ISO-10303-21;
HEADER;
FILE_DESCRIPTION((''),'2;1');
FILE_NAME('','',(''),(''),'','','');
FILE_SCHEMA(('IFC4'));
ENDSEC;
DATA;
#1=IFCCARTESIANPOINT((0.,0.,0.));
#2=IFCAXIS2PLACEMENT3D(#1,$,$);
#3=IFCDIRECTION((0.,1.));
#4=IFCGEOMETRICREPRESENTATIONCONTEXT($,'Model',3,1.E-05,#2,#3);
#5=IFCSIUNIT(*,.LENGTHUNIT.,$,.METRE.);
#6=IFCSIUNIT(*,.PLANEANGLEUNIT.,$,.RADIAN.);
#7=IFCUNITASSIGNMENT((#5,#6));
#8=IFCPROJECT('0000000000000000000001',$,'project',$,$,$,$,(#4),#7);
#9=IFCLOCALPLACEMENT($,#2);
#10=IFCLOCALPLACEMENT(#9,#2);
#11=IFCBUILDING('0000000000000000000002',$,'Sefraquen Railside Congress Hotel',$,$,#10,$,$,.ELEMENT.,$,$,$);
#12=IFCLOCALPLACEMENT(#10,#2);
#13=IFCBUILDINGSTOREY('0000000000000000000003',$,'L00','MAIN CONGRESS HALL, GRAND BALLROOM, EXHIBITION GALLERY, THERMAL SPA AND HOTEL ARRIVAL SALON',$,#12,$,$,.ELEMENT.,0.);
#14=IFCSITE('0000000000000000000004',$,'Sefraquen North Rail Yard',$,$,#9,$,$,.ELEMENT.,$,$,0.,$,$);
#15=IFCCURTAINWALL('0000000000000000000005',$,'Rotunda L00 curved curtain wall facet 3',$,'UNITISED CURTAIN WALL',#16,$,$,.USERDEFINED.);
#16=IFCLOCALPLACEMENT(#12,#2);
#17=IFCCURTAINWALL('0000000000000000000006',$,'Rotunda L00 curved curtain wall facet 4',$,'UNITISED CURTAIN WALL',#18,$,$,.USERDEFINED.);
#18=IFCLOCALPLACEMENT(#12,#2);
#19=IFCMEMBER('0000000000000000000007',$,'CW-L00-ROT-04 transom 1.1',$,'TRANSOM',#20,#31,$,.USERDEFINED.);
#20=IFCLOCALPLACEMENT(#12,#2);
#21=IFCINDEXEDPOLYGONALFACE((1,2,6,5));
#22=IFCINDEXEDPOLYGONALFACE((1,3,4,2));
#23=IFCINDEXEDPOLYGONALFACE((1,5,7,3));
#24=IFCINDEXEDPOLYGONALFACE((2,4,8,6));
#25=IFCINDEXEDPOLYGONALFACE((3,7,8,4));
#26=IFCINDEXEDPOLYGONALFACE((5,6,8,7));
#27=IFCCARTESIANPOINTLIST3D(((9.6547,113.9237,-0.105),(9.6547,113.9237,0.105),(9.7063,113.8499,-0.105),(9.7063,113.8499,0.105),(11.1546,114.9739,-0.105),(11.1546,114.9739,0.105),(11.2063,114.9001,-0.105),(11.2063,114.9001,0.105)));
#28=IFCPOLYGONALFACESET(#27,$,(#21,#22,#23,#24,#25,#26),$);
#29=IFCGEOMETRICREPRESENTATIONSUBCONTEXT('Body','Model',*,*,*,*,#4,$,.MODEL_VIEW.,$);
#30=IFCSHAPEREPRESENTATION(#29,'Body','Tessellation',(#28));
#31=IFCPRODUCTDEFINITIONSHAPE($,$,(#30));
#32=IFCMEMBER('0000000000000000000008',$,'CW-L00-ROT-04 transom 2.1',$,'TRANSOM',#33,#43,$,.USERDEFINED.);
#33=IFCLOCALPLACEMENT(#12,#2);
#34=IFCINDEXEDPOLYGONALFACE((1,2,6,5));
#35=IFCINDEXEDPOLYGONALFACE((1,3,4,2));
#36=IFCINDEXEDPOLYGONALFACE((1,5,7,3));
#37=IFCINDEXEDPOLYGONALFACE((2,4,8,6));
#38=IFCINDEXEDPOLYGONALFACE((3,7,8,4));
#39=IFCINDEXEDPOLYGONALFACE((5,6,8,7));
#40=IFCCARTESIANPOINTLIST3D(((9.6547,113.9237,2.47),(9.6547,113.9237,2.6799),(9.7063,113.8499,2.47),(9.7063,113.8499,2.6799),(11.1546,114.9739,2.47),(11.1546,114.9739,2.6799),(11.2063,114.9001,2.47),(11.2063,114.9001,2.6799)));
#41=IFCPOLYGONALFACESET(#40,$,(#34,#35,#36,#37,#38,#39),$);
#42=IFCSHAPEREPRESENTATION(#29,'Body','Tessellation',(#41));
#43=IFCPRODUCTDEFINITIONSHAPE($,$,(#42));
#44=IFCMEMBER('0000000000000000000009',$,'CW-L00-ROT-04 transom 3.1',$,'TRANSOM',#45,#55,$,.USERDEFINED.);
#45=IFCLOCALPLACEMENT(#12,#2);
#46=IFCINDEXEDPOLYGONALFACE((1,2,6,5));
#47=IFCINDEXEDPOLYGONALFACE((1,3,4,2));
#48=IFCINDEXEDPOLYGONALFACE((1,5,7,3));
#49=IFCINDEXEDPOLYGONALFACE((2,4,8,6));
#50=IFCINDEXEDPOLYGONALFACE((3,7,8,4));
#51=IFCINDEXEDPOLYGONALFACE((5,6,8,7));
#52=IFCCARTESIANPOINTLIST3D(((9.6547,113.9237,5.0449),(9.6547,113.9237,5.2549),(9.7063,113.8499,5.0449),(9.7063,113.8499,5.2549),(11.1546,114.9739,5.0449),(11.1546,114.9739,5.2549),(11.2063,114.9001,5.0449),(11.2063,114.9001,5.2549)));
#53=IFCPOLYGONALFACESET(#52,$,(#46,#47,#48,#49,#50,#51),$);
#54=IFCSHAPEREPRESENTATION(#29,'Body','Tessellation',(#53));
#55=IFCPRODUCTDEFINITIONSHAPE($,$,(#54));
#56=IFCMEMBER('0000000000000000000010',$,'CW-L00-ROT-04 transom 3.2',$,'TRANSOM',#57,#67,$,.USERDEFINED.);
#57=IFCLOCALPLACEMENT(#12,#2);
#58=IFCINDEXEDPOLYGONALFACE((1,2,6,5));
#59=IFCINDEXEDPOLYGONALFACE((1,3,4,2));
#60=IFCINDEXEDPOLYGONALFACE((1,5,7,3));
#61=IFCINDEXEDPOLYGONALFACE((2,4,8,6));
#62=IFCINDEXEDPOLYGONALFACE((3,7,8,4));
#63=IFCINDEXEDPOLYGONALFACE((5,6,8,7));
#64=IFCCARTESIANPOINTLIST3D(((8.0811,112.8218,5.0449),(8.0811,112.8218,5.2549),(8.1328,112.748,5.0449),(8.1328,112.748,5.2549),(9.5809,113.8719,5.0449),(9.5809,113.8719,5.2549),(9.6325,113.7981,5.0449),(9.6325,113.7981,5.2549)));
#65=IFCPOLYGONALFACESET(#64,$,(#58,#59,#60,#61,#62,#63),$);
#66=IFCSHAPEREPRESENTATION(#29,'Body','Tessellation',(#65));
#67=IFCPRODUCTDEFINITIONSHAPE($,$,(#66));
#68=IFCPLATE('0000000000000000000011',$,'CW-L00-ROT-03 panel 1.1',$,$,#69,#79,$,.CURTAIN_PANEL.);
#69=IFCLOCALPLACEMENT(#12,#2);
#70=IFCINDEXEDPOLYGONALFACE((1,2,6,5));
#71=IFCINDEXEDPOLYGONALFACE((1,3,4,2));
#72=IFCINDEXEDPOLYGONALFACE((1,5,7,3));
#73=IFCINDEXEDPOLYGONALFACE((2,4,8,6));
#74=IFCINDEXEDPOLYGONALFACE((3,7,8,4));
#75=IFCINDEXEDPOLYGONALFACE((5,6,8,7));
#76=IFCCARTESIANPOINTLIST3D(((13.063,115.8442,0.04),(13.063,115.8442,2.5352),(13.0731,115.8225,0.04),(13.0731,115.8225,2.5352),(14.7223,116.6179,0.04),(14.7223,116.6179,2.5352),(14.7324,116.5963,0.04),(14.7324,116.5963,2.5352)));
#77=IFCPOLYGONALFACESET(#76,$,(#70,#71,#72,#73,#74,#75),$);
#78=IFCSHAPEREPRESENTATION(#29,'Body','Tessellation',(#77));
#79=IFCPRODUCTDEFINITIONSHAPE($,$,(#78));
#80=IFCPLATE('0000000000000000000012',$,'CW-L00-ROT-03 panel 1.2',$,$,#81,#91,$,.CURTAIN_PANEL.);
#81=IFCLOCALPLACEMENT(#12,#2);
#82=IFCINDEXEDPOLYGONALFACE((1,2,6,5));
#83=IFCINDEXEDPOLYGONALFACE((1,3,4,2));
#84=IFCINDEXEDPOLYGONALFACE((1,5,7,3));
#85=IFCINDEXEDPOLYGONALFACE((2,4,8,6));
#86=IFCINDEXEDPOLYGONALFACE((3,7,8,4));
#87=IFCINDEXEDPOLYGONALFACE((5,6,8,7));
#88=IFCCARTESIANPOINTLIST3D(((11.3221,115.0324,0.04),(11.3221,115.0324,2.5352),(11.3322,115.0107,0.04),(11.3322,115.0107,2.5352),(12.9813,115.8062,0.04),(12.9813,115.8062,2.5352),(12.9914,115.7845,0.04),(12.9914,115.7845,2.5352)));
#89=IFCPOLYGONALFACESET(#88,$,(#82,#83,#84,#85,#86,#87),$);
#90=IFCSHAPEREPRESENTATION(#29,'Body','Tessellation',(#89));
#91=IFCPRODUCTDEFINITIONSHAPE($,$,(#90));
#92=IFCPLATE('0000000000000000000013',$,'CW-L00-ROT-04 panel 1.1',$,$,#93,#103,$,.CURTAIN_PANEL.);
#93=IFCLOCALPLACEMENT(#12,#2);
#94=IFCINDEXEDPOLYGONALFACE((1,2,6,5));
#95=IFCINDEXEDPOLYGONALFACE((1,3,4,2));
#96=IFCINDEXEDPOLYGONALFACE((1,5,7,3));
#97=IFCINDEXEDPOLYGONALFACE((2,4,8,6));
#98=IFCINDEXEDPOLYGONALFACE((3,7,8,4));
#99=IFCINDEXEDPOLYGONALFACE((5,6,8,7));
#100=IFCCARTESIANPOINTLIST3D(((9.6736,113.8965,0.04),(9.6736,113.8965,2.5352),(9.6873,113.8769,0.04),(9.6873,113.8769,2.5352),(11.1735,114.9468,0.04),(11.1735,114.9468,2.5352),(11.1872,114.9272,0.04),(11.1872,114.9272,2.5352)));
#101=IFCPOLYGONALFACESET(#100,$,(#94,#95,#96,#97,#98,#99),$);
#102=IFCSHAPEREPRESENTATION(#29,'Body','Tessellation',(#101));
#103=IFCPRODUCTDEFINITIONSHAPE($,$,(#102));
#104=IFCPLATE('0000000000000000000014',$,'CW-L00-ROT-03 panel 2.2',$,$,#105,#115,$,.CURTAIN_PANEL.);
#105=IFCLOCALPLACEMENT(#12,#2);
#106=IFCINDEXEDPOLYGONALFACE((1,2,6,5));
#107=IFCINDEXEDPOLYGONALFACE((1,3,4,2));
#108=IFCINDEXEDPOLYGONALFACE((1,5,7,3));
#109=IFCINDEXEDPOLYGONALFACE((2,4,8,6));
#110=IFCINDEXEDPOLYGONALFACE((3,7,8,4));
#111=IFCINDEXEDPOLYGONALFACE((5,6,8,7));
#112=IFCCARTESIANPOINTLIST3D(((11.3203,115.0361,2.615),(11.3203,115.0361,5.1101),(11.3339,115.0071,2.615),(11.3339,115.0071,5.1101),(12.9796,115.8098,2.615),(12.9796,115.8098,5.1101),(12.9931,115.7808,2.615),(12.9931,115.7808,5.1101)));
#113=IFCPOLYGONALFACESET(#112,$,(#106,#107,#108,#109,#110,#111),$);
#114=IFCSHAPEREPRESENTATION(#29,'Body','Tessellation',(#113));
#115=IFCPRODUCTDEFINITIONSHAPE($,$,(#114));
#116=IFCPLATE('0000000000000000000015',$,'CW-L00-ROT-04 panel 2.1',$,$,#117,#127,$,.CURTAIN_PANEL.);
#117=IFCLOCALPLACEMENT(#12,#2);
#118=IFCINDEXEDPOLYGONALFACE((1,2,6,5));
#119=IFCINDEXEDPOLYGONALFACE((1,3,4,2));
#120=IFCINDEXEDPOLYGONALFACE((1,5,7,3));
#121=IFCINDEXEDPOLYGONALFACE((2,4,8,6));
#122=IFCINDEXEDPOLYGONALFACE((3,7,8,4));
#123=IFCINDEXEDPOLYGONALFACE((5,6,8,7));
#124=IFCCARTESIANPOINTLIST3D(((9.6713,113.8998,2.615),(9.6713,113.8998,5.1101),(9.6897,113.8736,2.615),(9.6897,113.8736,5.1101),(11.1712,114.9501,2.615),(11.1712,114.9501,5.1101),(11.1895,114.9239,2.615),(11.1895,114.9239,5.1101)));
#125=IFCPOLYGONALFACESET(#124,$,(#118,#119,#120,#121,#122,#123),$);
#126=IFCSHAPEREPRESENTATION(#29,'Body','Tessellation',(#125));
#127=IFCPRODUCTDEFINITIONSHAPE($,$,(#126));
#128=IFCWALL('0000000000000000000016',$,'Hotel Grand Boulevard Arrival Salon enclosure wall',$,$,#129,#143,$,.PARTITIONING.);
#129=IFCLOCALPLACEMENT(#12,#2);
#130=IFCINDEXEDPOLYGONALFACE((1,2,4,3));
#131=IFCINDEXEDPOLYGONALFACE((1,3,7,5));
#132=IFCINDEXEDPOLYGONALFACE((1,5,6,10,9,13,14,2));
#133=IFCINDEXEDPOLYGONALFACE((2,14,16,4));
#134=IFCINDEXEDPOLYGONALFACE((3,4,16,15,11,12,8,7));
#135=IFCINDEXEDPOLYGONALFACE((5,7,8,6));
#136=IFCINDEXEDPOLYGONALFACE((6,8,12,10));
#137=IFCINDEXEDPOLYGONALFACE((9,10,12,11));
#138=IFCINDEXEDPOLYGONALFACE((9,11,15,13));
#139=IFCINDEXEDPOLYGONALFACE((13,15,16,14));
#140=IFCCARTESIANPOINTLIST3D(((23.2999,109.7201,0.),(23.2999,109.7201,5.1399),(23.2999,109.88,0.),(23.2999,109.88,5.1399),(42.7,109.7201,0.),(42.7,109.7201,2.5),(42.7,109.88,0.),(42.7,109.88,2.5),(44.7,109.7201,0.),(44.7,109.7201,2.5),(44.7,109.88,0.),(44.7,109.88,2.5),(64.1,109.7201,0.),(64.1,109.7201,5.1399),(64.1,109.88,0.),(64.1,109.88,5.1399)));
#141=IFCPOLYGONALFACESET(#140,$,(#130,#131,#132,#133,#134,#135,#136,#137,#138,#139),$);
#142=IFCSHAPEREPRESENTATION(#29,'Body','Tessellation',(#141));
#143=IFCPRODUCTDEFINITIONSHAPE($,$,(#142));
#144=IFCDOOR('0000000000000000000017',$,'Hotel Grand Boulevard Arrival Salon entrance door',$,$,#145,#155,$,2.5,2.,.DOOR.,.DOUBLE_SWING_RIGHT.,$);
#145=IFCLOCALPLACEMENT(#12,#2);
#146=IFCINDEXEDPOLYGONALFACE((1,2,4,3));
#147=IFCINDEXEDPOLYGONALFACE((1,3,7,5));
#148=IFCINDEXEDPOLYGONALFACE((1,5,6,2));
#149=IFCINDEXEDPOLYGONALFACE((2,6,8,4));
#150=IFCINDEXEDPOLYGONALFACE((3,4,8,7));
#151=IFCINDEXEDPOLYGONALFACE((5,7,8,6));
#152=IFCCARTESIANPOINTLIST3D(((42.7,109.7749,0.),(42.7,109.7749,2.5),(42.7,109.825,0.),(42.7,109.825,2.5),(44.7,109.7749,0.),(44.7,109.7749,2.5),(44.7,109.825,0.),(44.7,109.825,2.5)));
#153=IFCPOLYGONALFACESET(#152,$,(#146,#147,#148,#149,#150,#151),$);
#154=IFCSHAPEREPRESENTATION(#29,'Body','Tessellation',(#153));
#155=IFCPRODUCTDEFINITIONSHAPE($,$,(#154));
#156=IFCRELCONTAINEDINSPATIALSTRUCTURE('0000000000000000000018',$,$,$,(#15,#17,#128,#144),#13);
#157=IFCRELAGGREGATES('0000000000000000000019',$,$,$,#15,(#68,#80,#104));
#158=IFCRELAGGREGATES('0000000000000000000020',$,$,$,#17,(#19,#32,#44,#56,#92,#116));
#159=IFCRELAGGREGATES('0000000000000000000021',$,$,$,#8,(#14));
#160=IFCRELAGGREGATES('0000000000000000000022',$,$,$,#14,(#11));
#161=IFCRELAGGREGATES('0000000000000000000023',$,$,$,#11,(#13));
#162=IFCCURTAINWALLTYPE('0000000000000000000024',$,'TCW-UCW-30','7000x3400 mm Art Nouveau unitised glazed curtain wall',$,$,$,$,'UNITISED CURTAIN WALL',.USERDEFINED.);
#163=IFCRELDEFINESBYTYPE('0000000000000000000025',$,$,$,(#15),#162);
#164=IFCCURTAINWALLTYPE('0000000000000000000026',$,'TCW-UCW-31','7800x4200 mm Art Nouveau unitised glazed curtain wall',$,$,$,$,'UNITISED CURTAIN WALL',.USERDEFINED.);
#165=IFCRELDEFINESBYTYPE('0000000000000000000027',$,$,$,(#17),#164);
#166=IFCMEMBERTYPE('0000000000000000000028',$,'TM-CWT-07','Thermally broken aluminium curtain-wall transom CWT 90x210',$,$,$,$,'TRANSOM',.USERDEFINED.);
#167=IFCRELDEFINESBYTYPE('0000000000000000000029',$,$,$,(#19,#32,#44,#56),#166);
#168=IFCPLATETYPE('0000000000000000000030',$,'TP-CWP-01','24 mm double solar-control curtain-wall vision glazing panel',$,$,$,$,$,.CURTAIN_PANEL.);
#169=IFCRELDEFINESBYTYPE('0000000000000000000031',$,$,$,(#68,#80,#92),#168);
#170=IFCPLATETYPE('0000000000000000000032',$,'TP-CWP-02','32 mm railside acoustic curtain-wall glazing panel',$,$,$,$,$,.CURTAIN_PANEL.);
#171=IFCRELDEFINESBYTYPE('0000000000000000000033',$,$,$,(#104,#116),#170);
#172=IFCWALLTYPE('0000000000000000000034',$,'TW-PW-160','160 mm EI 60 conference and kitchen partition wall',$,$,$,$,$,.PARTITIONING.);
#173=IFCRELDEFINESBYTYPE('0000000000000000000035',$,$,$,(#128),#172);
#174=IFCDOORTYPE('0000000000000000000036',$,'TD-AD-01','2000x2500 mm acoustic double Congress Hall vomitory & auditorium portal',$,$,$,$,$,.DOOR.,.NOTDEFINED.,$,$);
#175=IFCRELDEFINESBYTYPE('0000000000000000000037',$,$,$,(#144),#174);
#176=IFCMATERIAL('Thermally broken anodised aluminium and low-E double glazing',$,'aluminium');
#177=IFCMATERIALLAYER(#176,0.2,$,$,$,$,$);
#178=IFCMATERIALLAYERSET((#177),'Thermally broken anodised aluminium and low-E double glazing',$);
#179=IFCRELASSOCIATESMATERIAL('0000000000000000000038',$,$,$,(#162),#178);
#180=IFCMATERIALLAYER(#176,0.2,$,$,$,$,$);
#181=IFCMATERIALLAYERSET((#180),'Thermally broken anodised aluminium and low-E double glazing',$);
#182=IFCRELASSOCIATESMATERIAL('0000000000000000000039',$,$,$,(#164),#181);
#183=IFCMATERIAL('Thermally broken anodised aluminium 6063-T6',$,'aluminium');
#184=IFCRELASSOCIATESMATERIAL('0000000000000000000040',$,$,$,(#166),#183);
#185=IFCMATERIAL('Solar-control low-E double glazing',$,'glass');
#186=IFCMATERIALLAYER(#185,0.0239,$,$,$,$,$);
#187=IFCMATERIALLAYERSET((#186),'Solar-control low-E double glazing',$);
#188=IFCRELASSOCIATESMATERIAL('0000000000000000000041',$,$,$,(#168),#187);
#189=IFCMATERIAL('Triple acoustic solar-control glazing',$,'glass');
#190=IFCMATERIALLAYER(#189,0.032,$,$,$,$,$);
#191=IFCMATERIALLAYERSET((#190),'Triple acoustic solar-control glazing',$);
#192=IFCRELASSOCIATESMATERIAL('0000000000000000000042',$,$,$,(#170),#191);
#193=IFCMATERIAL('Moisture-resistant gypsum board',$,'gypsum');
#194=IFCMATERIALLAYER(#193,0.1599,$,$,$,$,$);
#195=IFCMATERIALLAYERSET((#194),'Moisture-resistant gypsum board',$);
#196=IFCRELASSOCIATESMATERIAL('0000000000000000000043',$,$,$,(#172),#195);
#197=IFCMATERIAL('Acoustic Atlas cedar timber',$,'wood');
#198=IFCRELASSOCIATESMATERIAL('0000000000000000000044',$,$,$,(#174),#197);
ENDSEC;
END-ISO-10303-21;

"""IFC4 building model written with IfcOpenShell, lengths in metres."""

from ifc_helpers import new_model, si_unit, direction, frame, frame_2d, origin, origin_2d, place, context, subcontext, project, spatial, rectangle, extrude, material, layer, layer_set, material_profile, profile_set, type_object, element, fill, aggregate, save


model = new_model("IFC4")

# Units and contexts
model_context = context("Model", 3, precision=1e-05, world=origin(), true_north=direction((0.0, 1.0)))
body_context = subcontext(model_context, "Body", "Model", "MODEL_VIEW")
ifc_project = project(units=[si_unit("LENGTHUNIT", "METRE"), si_unit("PLANEANGLEUNIT", "RADIAN")], contexts=[model_context])

# Site, building, storey
site_placement = place(None, origin())
site = spatial("IfcSite", under=ifc_project, at=site_placement, Name="Sefraquen North Rail Yard", CompositionType="ELEMENT", RefElevation=0.0)
building_placement = place(site_placement, origin())
building = spatial("IfcBuilding", under=site, at=building_placement, Name="Sefraquen Railside Congress Hotel", CompositionType="ELEMENT")
storey_placement = place(building_placement, origin())
storey = spatial("IfcBuildingStorey", under=building, at=storey_placement, Name="L00", Description="MAIN CONGRESS HALL, GRAND BALLROOM, EXHIBITION GALLERY, THERMAL SPA AND HOTEL ARRIVAL SALON", CompositionType="ELEMENT", Elevation=0.0)

# Curtain walls
ifc_material_1 = material(Name="Thermally broken anodised aluminium and low-E double glazing", Category="aluminium")
ifc_layer_1 = layer(ifc_material_1, 0.2)
ifc_layer_set_1 = layer_set([ifc_layer_1], Name="Thermally broken anodised aluminium and low-E double glazing")
curtain_wall_type_1 = type_object("IfcCurtainWallType", Name="TCW-UCW-30", Description="7000x3400 mm Art Nouveau unitised glazed curtain wall", ElementType="UNITISED CURTAIN WALL", PredefinedType="USERDEFINED", material=ifc_layer_set_1)
curtain_wall_1_placement = place(storey_placement, origin())
curtain_wall_1 = element("IfcCurtainWall", 1, at=curtain_wall_1_placement, inside=storey, type_object=curtain_wall_type_1, Name="Rotunda L00 curved curtain wall facet 3", ObjectType="UNITISED CURTAIN WALL", PredefinedType="USERDEFINED")
ifc_material_2 = material(Name="Thermally broken anodised aluminium 6063-T6", Category="aluminium")
ifc_layer_2 = layer(ifc_material_1, 0.2)
ifc_layer_set_2 = layer_set([ifc_layer_2], Name="Thermally broken anodised aluminium and low-E double glazing")
curtain_wall_type_2 = type_object("IfcCurtainWallType", Name="TCW-UCW-31", Description="7800x4200 mm Art Nouveau unitised glazed curtain wall", ElementType="UNITISED CURTAIN WALL", PredefinedType="USERDEFINED", material=ifc_layer_set_2)
curtain_wall_2_placement = place(storey_placement, origin())
curtain_wall_2 = element("IfcCurtainWall", 2, at=curtain_wall_2_placement, inside=storey, type_object=curtain_wall_type_2, Name="Rotunda L00 curved curtain wall facet 4", ObjectType="UNITISED CURTAIN WALL", PredefinedType="USERDEFINED")

# Members
ifc_material_profile_1 = material_profile(ifc_material_2, rectangle(XDim=0.0901, YDim=0.21, at=origin_2d()), Name="CWT 90x210")
ifc_profile_set_1 = profile_set([ifc_material_profile_1], Name="Thermally broken anodised aluminium 6063-T6")
member_type_1 = type_object("IfcMemberType", Name="TM-CWT-07", Description="Thermally broken aluminium curtain-wall transom CWT 90x210", ElementType="TRANSOM", PredefinedType="USERDEFINED", material=ifc_profile_set_1)
member_1_placement = place(storey_placement, frame((11.1804, 114.937, 0.0), z_axis=(-0.819157, -0.57357, 0.0), x_axis=(0.57357, -0.819157, 0.0)))
member_1 = element("IfcMember", 3, at=member_1_placement, type_object=member_type_1, Name="CW-L00-ROT-04 transom 1.1", ObjectType="TRANSOM", PredefinedType="USERDEFINED", context=body_context, shape_type="SweptSolid", body=[
    extrude(rectangle(XDim=0.0901, YDim=0.21, at=origin_2d()), origin(), (0.0, 0.0, 1.0), 1.8311),
])
member_2_placement = place(storey_placement, frame((11.1804, 114.937, 2.575), z_axis=(-0.819157, -0.57357, 0.0), x_axis=(0.57357, -0.819157, 0.0)))
member_2 = element("IfcMember", 4, at=member_2_placement, type_object=member_type_1, Name="CW-L00-ROT-04 transom 2.1", ObjectType="TRANSOM", PredefinedType="USERDEFINED", context=body_context, shape_type="SweptSolid", body=[
    extrude(rectangle(XDim=0.0901, YDim=0.21, at=origin_2d()), origin(), (0.0, 0.0, 1.0), 1.8311),
])
member_3_placement = place(storey_placement, frame((11.1804, 114.937, 5.1499), z_axis=(-0.819157, -0.57357, 0.0), x_axis=(0.57357, -0.819157, 0.0)))
member_3 = element("IfcMember", 5, at=member_3_placement, type_object=member_type_1, Name="CW-L00-ROT-04 transom 3.1", ObjectType="TRANSOM", PredefinedType="USERDEFINED", context=body_context, shape_type="SweptSolid", body=[
    extrude(rectangle(XDim=0.0901, YDim=0.21, at=origin_2d()), origin(), (0.0, 0.0, 1.0), 1.8311),
])
member_4_placement = place(storey_placement, frame((9.6067, 113.835, 5.1499), z_axis=(-0.819176, -0.573543, 0.0), x_axis=(0.573543, -0.819176, 0.0)))
member_4 = element("IfcMember", 6, at=member_4_placement, type_object=member_type_1, Name="CW-L00-ROT-04 transom 3.2", ObjectType="TRANSOM", PredefinedType="USERDEFINED", context=body_context, shape_type="SweptSolid", body=[
    extrude(rectangle(XDim=0.0901, YDim=0.21, at=origin_2d()), origin(), (0.0, 0.0, 1.0), 1.8308),
])

# Plates
ifc_material_3 = material(Name="Solar-control low-E double glazing", Category="glass")
ifc_layer_3 = layer(ifc_material_3, 0.0239)
ifc_layer_set_3 = layer_set([ifc_layer_3], Name="Solar-control low-E double glazing")
plate_type_1 = type_object("IfcPlateType", Name="TP-CWP-01", Description="24 mm double solar-control curtain-wall vision glazing panel", PredefinedType="CURTAIN_PANEL", material=ifc_layer_set_3)
plate_1_placement = place(storey_placement, frame((13.8977, 116.2202, 0.04), z_axis=(0.0, 0.0, 1.0), x_axis=(-0.9063, -0.422634, 0.0)))
plate_1 = element("IfcPlate", 7, at=plate_1_placement, type_object=plate_type_1, Name="CW-L00-ROT-03 panel 1.1", PredefinedType="CURTAIN_PANEL", context=body_context, shape_type="SweptSolid", body=[
    extrude(rectangle(XDim=1.8308, YDim=0.0239, at=origin_2d()), origin(), (0.0, 0.0, 1.0), 2.4951),
])
plate_2_placement = place(storey_placement, frame((12.1567, 115.4084, 0.04), z_axis=(0.0, 0.0, 1.0), x_axis=(-0.9063, -0.422634, 0.0)))
plate_2 = element("IfcPlate", 8, at=plate_2_placement, type_object=plate_type_1, Name="CW-L00-ROT-03 panel 1.2", PredefinedType="CURTAIN_PANEL", context=body_context, shape_type="SweptSolid", body=[
    extrude(rectangle(XDim=1.8308, YDim=0.0239, at=origin_2d()), origin(), (0.0, 0.0, 1.0), 2.4951),
])
plate_3_placement = place(storey_placement, frame((10.4304, 114.4119, 0.04), z_axis=(0.0, 0.0, 1.0), x_axis=(-0.819132, -0.573605, 0.0)))
plate_3 = element("IfcPlate", 9, at=plate_3_placement, type_object=plate_type_1, Name="CW-L00-ROT-04 panel 1.1", PredefinedType="CURTAIN_PANEL", context=body_context, shape_type="SweptSolid", body=[
    extrude(rectangle(XDim=1.8311, YDim=0.0239, at=origin_2d()), origin(), (0.0, 0.0, 1.0), 2.4951),
])
ifc_material_4 = material(Name="Triple acoustic solar-control glazing", Category="glass")
ifc_layer_4 = layer(ifc_material_4, 0.032)
ifc_layer_set_4 = layer_set([ifc_layer_4], Name="Triple acoustic solar-control glazing")
plate_type_2 = type_object("IfcPlateType", Name="TP-CWP-02", Description="32 mm railside acoustic curtain-wall glazing panel", PredefinedType="CURTAIN_PANEL", material=ifc_layer_set_4)
plate_4_placement = place(storey_placement, frame((12.1567, 115.4084, 2.615), z_axis=(0.0, 0.0, 1.0), x_axis=(-0.9063, -0.422634, 0.0)))
plate_4 = element("IfcPlate", 10, at=plate_4_placement, type_object=plate_type_2, Name="CW-L00-ROT-03 panel 2.2", PredefinedType="CURTAIN_PANEL", context=body_context, shape_type="SweptSolid", body=[
    extrude(rectangle(XDim=1.8308, YDim=0.032, at=origin_2d()), origin(), (0.0, 0.0, 1.0), 2.4951),
])
aggregate(curtain_wall_1, [plate_1, plate_2, plate_4])
plate_5_placement = place(storey_placement, frame((10.4304, 114.4119, 2.615), z_axis=(0.0, 0.0, 1.0), x_axis=(-0.819132, -0.573605, 0.0)))
plate_5 = element("IfcPlate", 11, at=plate_5_placement, type_object=plate_type_2, Name="CW-L00-ROT-04 panel 2.1", PredefinedType="CURTAIN_PANEL", context=body_context, shape_type="SweptSolid", body=[
    extrude(rectangle(XDim=1.8311, YDim=0.032, at=origin_2d()), origin(), (0.0, 0.0, 1.0), 2.4951),
])
aggregate(curtain_wall_2, [member_1, member_2, member_3, member_4, plate_3, plate_5])

# Wall, opening, door
ifc_material_5 = material(Name="Moisture-resistant gypsum board", Category="gypsum")
ifc_layer_5 = layer(ifc_material_5, 0.1599)
ifc_layer_set_5 = layer_set([ifc_layer_5], Name="Moisture-resistant gypsum board")
wall_type = type_object("IfcWallType", Name="TW-PW-160", Description="160 mm EI 60 conference and kitchen partition wall", PredefinedType="PARTITIONING", material=ifc_layer_set_5)
wall_1_placement = place(storey_placement, frame((23.3, 109.8, 0.0), z_axis=(0.0, 0.0, 1.0), x_axis=(1.0, 0.0, 0.0)))
wall_1 = element("IfcWall", 12, at=wall_1_placement, inside=storey, type_object=wall_type, Name="Hotel Grand Boulevard Arrival Salon enclosure wall", PredefinedType="PARTITIONING", context=body_context, shape_type="SweptSolid", body=[
    extrude(rectangle(XDim=40.8, YDim=0.1599, at=frame_2d((20.3999, 0.0))), origin(), (0.0, 0.0, 1.0), 5.1399),
])
opening_1_placement = place(wall_1_placement, frame((19.3999, 0.0, 0.0)))
opening_1 = element("IfcOpeningElement", 13, at=opening_1_placement, cuts=wall_1, PredefinedType="OPENING", context=body_context, shape_type="SweptSolid", body=[
    extrude(rectangle(XDim=2.0, YDim=2.5, at=frame_2d((1.0, 1.25))), frame((0.0, 0.0898, 0.0), z_axis=(0.0, -1.0, 0.0), x_axis=(1.0, 0.0, 0.0)), (0.0, 0.0, 1.0), 0.1799),
])
ifc_material_6 = material(Name="Acoustic Atlas cedar timber", Category="wood")
door_type_1 = type_object("IfcDoorType", Name="TD-AD-01", Description="2000x2500 mm acoustic double Congress Hall vomitory & auditorium portal", OperationType="NOTDEFINED", PredefinedType="DOOR", material=ifc_material_6)
door_1_placement = place(opening_1_placement, origin())
door_1 = element("IfcDoor", 14, at=door_1_placement, inside=storey, type_object=door_type_1, Name="Hotel Grand Boulevard Arrival Salon entrance door", OperationType="DOUBLE_SWING_RIGHT", OverallHeight=2.5, OverallWidth=2.0, PredefinedType="DOOR", context=body_context, shape_type="SweptSolid", body=[
    extrude(rectangle(XDim=2.0, YDim=2.5, at=frame_2d((1.0, 1.25))), frame((0.0, 0.0249, 0.0), z_axis=(0.0, -1.0, 0.0), x_axis=(1.0, 0.0, 0.0)), (0.0, 0.0, 1.0), 0.05),
])
fill(opening_1, door_1)

save(model, "model.ifc")
